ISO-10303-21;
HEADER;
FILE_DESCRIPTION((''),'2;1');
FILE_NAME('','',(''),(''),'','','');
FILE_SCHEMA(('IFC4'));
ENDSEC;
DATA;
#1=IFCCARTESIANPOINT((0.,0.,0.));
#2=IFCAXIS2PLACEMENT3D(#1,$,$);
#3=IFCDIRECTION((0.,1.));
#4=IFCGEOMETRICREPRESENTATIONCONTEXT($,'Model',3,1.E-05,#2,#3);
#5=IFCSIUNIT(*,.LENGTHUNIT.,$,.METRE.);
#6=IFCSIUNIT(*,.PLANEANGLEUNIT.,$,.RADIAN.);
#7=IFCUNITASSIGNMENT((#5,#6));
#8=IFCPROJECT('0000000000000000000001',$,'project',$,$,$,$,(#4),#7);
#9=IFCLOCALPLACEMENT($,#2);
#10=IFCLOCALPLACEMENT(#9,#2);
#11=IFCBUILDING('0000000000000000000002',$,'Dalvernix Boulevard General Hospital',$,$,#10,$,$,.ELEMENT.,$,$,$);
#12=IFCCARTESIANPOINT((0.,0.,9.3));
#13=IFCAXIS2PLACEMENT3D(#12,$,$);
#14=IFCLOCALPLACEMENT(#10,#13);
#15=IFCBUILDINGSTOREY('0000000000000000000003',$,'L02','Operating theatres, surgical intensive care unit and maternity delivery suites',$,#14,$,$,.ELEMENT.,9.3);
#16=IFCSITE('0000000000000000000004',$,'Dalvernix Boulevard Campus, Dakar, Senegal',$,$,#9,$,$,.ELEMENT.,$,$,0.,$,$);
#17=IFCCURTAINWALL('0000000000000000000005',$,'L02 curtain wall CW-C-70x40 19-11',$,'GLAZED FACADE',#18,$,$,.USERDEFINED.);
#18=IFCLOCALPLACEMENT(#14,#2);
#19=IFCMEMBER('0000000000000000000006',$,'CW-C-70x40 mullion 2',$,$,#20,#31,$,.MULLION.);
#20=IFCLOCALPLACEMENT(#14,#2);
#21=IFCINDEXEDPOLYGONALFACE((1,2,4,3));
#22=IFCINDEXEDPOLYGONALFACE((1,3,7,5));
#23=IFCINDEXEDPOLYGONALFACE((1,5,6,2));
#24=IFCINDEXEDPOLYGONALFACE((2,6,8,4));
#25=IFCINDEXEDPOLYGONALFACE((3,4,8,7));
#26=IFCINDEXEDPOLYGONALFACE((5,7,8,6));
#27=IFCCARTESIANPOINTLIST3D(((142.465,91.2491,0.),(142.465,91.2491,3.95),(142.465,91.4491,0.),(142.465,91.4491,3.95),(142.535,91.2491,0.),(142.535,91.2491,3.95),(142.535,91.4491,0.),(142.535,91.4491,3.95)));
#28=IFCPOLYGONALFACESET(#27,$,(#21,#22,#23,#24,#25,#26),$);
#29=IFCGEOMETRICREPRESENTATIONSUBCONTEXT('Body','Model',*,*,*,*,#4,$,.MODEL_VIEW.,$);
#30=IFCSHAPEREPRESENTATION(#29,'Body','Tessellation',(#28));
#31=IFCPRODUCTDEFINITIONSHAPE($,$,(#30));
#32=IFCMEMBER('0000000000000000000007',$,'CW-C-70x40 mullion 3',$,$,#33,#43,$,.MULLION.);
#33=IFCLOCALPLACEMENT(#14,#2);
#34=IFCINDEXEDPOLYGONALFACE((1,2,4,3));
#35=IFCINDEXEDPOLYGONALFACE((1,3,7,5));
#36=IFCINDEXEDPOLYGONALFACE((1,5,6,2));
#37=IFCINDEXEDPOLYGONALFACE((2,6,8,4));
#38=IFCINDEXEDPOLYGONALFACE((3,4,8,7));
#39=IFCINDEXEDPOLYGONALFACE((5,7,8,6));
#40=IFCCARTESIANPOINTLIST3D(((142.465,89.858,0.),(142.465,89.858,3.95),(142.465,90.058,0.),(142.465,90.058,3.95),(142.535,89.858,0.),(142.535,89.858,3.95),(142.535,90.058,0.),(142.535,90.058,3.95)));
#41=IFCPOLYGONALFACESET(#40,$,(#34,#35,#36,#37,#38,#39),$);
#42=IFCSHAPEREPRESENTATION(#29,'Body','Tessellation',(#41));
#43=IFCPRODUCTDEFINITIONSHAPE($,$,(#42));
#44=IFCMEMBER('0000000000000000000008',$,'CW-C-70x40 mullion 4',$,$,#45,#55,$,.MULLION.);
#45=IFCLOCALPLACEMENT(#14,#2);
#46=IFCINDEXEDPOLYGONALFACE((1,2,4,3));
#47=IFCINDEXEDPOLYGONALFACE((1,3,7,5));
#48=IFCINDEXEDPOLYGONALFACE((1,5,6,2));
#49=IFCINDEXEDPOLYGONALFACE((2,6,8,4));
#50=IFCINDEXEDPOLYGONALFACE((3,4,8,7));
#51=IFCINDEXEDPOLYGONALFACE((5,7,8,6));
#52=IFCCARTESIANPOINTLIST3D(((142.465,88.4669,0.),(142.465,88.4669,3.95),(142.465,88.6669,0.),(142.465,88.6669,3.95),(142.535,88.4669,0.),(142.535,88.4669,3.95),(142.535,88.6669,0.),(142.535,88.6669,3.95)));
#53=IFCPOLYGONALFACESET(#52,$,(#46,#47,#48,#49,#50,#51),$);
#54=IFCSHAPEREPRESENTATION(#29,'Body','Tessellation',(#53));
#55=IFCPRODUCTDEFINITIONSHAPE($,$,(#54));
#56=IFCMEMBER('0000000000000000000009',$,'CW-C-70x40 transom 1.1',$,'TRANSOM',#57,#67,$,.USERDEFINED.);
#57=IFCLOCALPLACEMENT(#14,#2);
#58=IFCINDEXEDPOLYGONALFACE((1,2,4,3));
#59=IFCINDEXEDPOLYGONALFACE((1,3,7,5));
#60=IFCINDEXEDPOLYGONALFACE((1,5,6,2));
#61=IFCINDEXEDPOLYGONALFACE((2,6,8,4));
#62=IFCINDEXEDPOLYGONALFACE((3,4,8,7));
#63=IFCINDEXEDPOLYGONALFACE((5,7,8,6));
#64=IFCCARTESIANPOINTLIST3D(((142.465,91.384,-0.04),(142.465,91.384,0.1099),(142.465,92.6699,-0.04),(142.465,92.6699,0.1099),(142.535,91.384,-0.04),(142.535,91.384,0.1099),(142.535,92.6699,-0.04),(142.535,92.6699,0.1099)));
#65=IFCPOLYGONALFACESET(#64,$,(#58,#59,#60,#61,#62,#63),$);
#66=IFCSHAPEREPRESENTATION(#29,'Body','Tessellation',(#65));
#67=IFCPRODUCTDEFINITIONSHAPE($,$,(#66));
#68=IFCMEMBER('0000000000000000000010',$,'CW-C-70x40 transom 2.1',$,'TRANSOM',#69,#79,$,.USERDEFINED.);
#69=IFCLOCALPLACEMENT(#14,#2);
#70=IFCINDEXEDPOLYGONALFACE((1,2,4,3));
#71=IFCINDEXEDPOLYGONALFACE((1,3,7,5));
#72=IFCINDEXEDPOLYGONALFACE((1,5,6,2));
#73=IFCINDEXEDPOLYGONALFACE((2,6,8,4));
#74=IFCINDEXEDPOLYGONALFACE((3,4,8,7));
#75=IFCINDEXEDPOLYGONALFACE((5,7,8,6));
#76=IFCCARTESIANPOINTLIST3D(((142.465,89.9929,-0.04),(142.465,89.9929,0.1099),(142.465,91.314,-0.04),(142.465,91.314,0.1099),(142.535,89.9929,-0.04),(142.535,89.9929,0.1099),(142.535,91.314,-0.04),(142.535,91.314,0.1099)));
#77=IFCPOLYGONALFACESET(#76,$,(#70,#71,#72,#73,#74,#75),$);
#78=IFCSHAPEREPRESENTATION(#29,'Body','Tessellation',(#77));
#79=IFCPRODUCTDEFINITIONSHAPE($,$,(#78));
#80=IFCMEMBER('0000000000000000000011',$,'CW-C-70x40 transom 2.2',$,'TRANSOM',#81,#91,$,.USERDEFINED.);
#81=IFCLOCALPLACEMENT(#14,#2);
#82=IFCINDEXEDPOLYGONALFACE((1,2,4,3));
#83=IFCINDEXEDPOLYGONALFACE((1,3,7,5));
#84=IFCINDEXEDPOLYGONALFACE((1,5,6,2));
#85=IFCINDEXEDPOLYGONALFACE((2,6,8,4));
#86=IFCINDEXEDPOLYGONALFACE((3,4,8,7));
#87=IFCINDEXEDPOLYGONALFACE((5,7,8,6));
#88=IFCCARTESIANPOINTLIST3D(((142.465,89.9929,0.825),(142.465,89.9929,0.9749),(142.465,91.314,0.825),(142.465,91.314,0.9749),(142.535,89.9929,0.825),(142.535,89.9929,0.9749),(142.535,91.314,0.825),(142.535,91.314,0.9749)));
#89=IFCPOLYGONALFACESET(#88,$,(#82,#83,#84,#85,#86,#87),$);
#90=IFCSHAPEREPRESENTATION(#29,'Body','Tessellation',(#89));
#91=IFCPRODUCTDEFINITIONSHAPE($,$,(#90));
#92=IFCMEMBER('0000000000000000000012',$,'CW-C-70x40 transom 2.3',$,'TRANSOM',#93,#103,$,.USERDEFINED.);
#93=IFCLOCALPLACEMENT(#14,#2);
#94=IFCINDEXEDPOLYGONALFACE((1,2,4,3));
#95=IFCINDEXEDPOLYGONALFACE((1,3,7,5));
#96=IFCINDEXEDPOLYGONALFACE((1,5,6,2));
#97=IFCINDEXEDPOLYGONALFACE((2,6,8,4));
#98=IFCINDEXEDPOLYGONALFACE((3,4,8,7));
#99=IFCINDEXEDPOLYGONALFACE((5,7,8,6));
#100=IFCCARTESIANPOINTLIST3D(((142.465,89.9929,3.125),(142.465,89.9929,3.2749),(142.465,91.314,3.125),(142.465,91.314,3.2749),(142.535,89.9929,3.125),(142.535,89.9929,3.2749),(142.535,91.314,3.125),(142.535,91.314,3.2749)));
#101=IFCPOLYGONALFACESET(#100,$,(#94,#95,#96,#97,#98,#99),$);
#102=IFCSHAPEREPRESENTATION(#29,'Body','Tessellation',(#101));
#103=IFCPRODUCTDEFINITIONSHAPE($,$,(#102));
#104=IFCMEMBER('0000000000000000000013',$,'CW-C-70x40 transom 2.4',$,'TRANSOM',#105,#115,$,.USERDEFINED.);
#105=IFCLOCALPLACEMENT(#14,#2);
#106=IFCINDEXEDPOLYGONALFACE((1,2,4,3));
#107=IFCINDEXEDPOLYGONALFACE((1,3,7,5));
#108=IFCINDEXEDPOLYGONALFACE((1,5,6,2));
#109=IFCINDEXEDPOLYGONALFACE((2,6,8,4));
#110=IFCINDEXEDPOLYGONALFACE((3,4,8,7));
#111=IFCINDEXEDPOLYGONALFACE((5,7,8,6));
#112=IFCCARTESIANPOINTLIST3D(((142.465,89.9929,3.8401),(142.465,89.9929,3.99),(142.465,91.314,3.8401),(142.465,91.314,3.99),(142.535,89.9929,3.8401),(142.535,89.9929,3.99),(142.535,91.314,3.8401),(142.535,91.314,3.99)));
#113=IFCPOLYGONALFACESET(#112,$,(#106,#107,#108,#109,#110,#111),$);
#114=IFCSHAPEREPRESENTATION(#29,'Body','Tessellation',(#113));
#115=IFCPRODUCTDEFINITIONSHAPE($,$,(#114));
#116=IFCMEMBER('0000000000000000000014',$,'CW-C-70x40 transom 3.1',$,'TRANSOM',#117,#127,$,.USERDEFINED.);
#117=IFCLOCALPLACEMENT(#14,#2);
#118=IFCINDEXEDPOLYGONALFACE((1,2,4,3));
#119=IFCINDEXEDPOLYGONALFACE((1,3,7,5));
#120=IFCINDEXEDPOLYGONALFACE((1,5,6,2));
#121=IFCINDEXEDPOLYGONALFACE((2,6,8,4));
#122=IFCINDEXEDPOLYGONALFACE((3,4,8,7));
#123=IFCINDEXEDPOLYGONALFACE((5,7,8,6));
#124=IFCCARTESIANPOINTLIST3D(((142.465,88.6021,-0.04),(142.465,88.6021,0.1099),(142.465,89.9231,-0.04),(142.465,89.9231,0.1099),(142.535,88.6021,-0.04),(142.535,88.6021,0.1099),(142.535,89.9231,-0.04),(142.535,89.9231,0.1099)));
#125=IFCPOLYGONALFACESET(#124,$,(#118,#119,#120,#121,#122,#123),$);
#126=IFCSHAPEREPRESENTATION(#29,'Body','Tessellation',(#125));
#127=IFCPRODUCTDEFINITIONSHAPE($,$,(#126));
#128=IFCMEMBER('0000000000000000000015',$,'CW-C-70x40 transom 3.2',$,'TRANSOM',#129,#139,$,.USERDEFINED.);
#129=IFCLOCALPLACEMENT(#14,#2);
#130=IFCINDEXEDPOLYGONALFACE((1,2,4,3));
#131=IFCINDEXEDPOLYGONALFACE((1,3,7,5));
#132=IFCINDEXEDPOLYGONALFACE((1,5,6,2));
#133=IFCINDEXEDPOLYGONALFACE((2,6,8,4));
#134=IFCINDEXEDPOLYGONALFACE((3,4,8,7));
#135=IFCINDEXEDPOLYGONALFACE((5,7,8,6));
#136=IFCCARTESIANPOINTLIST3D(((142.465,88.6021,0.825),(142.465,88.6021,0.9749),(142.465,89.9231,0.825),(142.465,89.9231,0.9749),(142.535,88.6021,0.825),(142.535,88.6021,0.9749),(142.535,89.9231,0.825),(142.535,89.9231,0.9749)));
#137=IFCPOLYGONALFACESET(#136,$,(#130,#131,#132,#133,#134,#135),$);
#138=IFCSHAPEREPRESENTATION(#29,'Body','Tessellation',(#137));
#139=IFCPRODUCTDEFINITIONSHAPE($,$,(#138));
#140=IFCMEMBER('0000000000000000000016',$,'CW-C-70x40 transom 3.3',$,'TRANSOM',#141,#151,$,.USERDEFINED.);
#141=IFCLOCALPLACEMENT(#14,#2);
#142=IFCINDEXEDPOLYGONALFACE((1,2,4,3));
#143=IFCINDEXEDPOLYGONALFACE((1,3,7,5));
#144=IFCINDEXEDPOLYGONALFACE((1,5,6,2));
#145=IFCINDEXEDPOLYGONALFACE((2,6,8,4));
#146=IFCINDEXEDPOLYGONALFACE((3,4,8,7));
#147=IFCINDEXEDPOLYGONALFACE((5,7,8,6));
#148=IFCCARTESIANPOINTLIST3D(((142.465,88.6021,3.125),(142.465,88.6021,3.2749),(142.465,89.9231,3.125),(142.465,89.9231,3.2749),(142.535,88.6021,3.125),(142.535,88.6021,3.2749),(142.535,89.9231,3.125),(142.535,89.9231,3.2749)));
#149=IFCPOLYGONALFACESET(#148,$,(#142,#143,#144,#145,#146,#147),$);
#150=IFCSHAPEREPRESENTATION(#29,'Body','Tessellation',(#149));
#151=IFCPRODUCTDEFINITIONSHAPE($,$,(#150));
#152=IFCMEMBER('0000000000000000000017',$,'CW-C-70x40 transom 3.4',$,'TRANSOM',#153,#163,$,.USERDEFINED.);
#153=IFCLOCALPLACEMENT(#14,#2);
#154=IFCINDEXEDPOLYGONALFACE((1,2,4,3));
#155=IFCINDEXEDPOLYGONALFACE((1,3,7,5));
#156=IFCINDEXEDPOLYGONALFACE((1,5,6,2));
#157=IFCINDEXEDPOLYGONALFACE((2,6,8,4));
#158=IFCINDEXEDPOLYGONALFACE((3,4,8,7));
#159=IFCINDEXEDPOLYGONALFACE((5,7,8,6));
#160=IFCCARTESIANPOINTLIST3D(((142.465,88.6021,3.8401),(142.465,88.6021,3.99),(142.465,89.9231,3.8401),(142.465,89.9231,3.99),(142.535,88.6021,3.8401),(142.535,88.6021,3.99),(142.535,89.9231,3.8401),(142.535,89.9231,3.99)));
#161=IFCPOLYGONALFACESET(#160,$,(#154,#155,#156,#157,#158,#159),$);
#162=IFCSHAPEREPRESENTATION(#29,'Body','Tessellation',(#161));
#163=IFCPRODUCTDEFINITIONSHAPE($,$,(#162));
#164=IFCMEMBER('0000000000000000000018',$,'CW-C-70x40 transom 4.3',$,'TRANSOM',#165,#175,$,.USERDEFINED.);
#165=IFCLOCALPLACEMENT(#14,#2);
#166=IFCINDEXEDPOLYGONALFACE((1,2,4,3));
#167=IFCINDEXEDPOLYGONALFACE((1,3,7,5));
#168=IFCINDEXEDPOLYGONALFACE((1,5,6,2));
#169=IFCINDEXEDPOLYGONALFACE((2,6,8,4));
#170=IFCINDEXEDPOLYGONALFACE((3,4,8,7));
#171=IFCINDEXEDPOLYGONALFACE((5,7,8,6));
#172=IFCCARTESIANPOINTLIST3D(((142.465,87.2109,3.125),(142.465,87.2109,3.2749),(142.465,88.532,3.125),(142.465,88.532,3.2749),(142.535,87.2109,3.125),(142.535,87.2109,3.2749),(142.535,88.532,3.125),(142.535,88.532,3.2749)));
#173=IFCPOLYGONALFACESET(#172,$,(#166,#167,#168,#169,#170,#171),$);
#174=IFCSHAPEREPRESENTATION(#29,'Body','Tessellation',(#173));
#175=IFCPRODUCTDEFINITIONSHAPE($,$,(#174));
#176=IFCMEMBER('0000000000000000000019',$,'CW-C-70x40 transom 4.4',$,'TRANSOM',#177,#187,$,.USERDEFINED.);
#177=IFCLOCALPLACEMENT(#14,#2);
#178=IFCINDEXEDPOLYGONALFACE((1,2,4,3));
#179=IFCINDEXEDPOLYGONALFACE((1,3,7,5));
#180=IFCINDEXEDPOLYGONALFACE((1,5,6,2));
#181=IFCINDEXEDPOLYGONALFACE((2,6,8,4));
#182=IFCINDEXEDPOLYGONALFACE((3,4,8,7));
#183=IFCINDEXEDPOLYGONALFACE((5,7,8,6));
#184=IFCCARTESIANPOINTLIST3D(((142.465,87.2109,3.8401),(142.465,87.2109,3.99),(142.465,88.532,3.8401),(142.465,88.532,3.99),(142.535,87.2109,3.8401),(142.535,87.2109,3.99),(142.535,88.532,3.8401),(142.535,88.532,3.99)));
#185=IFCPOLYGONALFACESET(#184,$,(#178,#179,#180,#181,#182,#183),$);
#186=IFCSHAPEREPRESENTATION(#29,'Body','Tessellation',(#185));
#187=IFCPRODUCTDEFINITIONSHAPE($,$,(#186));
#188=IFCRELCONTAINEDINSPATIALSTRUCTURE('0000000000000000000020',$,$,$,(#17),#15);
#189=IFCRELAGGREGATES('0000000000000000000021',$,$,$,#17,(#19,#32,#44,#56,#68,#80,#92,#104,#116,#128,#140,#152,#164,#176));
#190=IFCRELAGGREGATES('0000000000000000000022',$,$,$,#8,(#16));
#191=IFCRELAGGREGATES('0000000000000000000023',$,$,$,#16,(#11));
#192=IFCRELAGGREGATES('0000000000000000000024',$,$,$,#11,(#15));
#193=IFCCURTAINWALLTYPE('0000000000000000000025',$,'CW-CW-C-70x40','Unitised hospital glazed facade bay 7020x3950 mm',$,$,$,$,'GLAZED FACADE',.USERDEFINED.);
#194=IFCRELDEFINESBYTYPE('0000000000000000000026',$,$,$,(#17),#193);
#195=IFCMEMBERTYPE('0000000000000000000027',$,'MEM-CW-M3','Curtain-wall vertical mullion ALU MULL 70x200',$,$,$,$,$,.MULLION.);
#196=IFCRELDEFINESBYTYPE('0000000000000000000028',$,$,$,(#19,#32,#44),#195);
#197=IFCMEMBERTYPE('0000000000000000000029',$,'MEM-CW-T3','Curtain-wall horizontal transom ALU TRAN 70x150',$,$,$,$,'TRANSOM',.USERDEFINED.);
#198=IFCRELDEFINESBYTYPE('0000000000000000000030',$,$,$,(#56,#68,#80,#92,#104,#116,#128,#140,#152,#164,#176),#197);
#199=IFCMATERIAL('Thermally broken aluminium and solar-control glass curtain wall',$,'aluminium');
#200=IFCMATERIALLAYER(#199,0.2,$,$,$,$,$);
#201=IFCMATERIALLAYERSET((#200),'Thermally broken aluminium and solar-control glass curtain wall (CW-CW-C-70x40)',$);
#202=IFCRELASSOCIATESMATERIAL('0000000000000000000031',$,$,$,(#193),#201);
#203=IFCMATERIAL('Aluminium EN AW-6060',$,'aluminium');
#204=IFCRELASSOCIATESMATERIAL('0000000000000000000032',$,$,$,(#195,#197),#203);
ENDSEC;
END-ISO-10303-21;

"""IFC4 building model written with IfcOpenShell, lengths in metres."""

from ifc_helpers import new_model, si_unit, direction, frame, origin, origin_2d, place, context, subcontext, project, spatial, rectangle, extrude, material, layer, layer_set, material_profile, profile_set, type_object, element, aggregate, save


model = new_model("IFC4")

# Units and contexts
model_context = context("Model", 3, precision=1e-05, world=origin(), true_north=direction((0.0, 1.0)))
body_context = subcontext(model_context, "Body", "Model", "MODEL_VIEW")
ifc_project = project(units=[si_unit("LENGTHUNIT", "METRE"), si_unit("PLANEANGLEUNIT", "RADIAN")], contexts=[model_context])

# Site, building, storey
site_placement = place(None, origin())
site = spatial("IfcSite", under=ifc_project, at=site_placement, Name="Dalvernix Boulevard Campus, Dakar, Senegal", CompositionType="ELEMENT", RefElevation=0.0)
building_placement = place(site_placement, origin())
building = spatial("IfcBuilding", under=site, at=building_placement, Name="Dalvernix Boulevard General Hospital", CompositionType="ELEMENT")
storey_placement = place(building_placement, frame((0.0, 0.0, 9.3)))
storey = spatial("IfcBuildingStorey", under=building, at=storey_placement, Name="L02", Description="Operating theatres, surgical intensive care unit and maternity delivery suites", CompositionType="ELEMENT", Elevation=9.3)

# Curtain wall, members
ifc_material_1 = material(Name="Thermally broken aluminium and solar-control glass curtain wall", Category="aluminium")
ifc_layer_1 = layer(ifc_material_1, 0.2)
ifc_layer_set_1 = layer_set([ifc_layer_1], Name="Thermally broken aluminium and solar-control glass curtain wall (CW-CW-C-70x40)")
curtain_wall_type = type_object("IfcCurtainWallType", Name="CW-CW-C-70x40", Description="Unitised hospital glazed facade bay 7020x3950 mm", ElementType="GLAZED FACADE", PredefinedType="USERDEFINED", material=ifc_layer_set_1)
curtain_wall_placement = place(storey_placement, origin())
curtain_wall = element("IfcCurtainWall", 1, at=curtain_wall_placement, inside=storey, type_object=curtain_wall_type, Name="L02 curtain wall CW-C-70x40 19-11", ObjectType="GLAZED FACADE", PredefinedType="USERDEFINED")
ifc_material_2 = material(Name="Aluminium EN AW-6060", Category="aluminium")
ifc_material_profile_1 = material_profile(ifc_material_2, rectangle(XDim=0.0701, YDim=0.2, at=origin_2d()), Name="ALU MULL 70x200")
ifc_profile_set_1 = profile_set([ifc_material_profile_1], Name="Aluminium EN AW-6060")
member_type_1 = type_object("IfcMemberType", Name="MEM-CW-M3", Description="Curtain-wall vertical mullion ALU MULL 70x200", PredefinedType="MULLION", material=ifc_profile_set_1)
member_1_placement = place(storey_placement, frame((142.5, 91.3491, 0.0), z_axis=(0.0, 0.0, 1.0), x_axis=(1.0, 0.0, 0.0)))
member_1 = element("IfcMember", 2, at=member_1_placement, type_object=member_type_1, Name="CW-C-70x40 mullion 2", PredefinedType="MULLION", context=body_context, shape_type="SweptSolid", body=[
    extrude(rectangle(XDim=0.0701, YDim=0.2, at=origin_2d()), origin(), (0.0, 0.0, 1.0), 3.95),
])
member_2_placement = place(storey_placement, frame((142.5, 89.958, 0.0), z_axis=(0.0, 0.0, 1.0), x_axis=(1.0, 0.0, 0.0)))
member_2 = element("IfcMember", 3, at=member_2_placement, type_object=member_type_1, Name="CW-C-70x40 mullion 3", PredefinedType="MULLION", context=body_context, shape_type="SweptSolid", body=[
    extrude(rectangle(XDim=0.0701, YDim=0.2, at=origin_2d()), origin(), (0.0, 0.0, 1.0), 3.95),
])
member_3_placement = place(storey_placement, frame((142.5, 88.5669, 0.0), z_axis=(0.0, 0.0, 1.0), x_axis=(1.0, 0.0, 0.0)))
member_3 = element("IfcMember", 4, at=member_3_placement, type_object=member_type_1, Name="CW-C-70x40 mullion 4", PredefinedType="MULLION", context=body_context, shape_type="SweptSolid", body=[
    extrude(rectangle(XDim=0.0701, YDim=0.2, at=origin_2d()), origin(), (0.0, 0.0, 1.0), 3.95),
])
ifc_material_profile_2 = material_profile(ifc_material_2, rectangle(XDim=0.0701, YDim=0.1499, at=origin_2d()), Name="ALU TRAN 70x150")
ifc_profile_set_2 = profile_set([ifc_material_profile_2], Name="Aluminium EN AW-6060")
member_type_2 = type_object("IfcMemberType", Name="MEM-CW-T3", Description="Curtain-wall horizontal transom ALU TRAN 70x150", ElementType="TRANSOM", PredefinedType="USERDEFINED", material=ifc_profile_set_2)
member_4_placement = place(storey_placement, frame((142.5, 92.6699, 0.0349), z_axis=(0.0, -1.0, 0.0), x_axis=(1.0, 0.0, 0.0)))
member_4 = element("IfcMember", 5, at=member_4_placement, type_object=member_type_2, Name="CW-C-70x40 transom 1.1", ObjectType="TRANSOM", PredefinedType="USERDEFINED", context=body_context, shape_type="SweptSolid", body=[
    extrude(rectangle(XDim=0.0701, YDim=0.1499, at=origin_2d()), origin(), (0.0, 0.0, 1.0), 1.2859),
])
member_5_placement = place(storey_placement, frame((142.5, 91.314, 0.0349), z_axis=(0.0, -1.0, 0.0), x_axis=(1.0, 0.0, 0.0)))
member_5 = element("IfcMember", 6, at=member_5_placement, type_object=member_type_2, Name="CW-C-70x40 transom 2.1", ObjectType="TRANSOM", PredefinedType="USERDEFINED", context=body_context, shape_type="SweptSolid", body=[
    extrude(rectangle(XDim=0.0701, YDim=0.1499, at=origin_2d()), origin(), (0.0, 0.0, 1.0), 1.321),
])
member_6_placement = place(storey_placement, frame((142.5, 91.314, 0.8999), z_axis=(0.0, -1.0, 0.0), x_axis=(1.0, 0.0, 0.0)))
member_6 = element("IfcMember", 7, at=member_6_placement, type_object=member_type_2, Name="CW-C-70x40 transom 2.2", ObjectType="TRANSOM", PredefinedType="USERDEFINED", context=body_context, shape_type="SweptSolid", body=[
    extrude(rectangle(XDim=0.0701, YDim=0.1499, at=origin_2d()), origin(), (0.0, 0.0, 1.0), 1.321),
])
member_7_placement = place(storey_placement, frame((142.5, 91.314, 3.2), z_axis=(0.0, -1.0, 0.0), x_axis=(1.0, 0.0, 0.0)))
member_7 = element("IfcMember", 8, at=member_7_placement, type_object=member_type_2, Name="CW-C-70x40 transom 2.3", ObjectType="TRANSOM", PredefinedType="USERDEFINED", context=body_context, shape_type="SweptSolid", body=[
    extrude(rectangle(XDim=0.0701, YDim=0.1499, at=origin_2d()), origin(), (0.0, 0.0, 1.0), 1.321),
])
member_8_placement = place(storey_placement, frame((142.5, 91.314, 3.915), z_axis=(0.0, -1.0, 0.0), x_axis=(1.0, 0.0, 0.0)))
member_8 = element("IfcMember", 9, at=member_8_placement, type_object=member_type_2, Name="CW-C-70x40 transom 2.4", ObjectType="TRANSOM", PredefinedType="USERDEFINED", context=body_context, shape_type="SweptSolid", body=[
    extrude(rectangle(XDim=0.0701, YDim=0.1499, at=origin_2d()), origin(), (0.0, 0.0, 1.0), 1.321),
])
member_9_placement = place(storey_placement, frame((142.5, 89.9231, 0.0349), z_axis=(0.0, -1.0, 0.0), x_axis=(1.0, 0.0, 0.0)))
member_9 = element("IfcMember", 10, at=member_9_placement, type_object=member_type_2, Name="CW-C-70x40 transom 3.1", ObjectType="TRANSOM", PredefinedType="USERDEFINED", context=body_context, shape_type="SweptSolid", body=[
    extrude(rectangle(XDim=0.0701, YDim=0.1499, at=origin_2d()), origin(), (0.0, 0.0, 1.0), 1.321),
])
member_10_placement = place(storey_placement, frame((142.5, 89.9231, 0.8999), z_axis=(0.0, -1.0, 0.0), x_axis=(1.0, 0.0, 0.0)))
member_10 = element("IfcMember", 11, at=member_10_placement, type_object=member_type_2, Name="CW-C-70x40 transom 3.2", ObjectType="TRANSOM", PredefinedType="USERDEFINED", context=body_context, shape_type="SweptSolid", body=[
    extrude(rectangle(XDim=0.0701, YDim=0.1499, at=origin_2d()), origin(), (0.0, 0.0, 1.0), 1.321),
])
member_11_placement = place(storey_placement, frame((142.5, 89.9231, 3.2), z_axis=(0.0, -1.0, 0.0), x_axis=(1.0, 0.0, 0.0)))
member_11 = element("IfcMember", 12, at=member_11_placement, type_object=member_type_2, Name="CW-C-70x40 transom 3.3", ObjectType="TRANSOM", PredefinedType="USERDEFINED", context=body_context, shape_type="SweptSolid", body=[
    extrude(rectangle(XDim=0.0701, YDim=0.1499, at=origin_2d()), origin(), (0.0, 0.0, 1.0), 1.321),
])
member_12_placement = place(storey_placement, frame((142.5, 89.9231, 3.915), z_axis=(0.0, -1.0, 0.0), x_axis=(1.0, 0.0, 0.0)))
member_12 = element("IfcMember", 13, at=member_12_placement, type_object=member_type_2, Name="CW-C-70x40 transom 3.4", ObjectType="TRANSOM", PredefinedType="USERDEFINED", context=body_context, shape_type="SweptSolid", body=[
    extrude(rectangle(XDim=0.0701, YDim=0.1499, at=origin_2d()), origin(), (0.0, 0.0, 1.0), 1.321),
])
member_13_placement = place(storey_placement, frame((142.5, 88.532, 3.2), z_axis=(0.0, -1.0, 0.0), x_axis=(1.0, 0.0, 0.0)))
member_13 = element("IfcMember", 14, at=member_13_placement, type_object=member_type_2, Name="CW-C-70x40 transom 4.3", ObjectType="TRANSOM", PredefinedType="USERDEFINED", context=body_context, shape_type="SweptSolid", body=[
    extrude(rectangle(XDim=0.0701, YDim=0.1499, at=origin_2d()), origin(), (0.0, 0.0, 1.0), 1.321),
])
member_14_placement = place(storey_placement, frame((142.5, 88.532, 3.915), z_axis=(0.0, -1.0, 0.0), x_axis=(1.0, 0.0, 0.0)))
member_14 = element("IfcMember", 15, at=member_14_placement, type_object=member_type_2, Name="CW-C-70x40 transom 4.4", ObjectType="TRANSOM", PredefinedType="USERDEFINED", context=body_context, shape_type="SweptSolid", body=[
    extrude(rectangle(XDim=0.0701, YDim=0.1499, at=origin_2d()), origin(), (0.0, 0.0, 1.0), 1.321),
])
aggregate(curtain_wall, [member_1, member_2, member_3, member_4, member_5, member_6, member_7, member_8, member_9, member_10, member_11, member_12, member_13, member_14])

save(model, "model.ifc")
